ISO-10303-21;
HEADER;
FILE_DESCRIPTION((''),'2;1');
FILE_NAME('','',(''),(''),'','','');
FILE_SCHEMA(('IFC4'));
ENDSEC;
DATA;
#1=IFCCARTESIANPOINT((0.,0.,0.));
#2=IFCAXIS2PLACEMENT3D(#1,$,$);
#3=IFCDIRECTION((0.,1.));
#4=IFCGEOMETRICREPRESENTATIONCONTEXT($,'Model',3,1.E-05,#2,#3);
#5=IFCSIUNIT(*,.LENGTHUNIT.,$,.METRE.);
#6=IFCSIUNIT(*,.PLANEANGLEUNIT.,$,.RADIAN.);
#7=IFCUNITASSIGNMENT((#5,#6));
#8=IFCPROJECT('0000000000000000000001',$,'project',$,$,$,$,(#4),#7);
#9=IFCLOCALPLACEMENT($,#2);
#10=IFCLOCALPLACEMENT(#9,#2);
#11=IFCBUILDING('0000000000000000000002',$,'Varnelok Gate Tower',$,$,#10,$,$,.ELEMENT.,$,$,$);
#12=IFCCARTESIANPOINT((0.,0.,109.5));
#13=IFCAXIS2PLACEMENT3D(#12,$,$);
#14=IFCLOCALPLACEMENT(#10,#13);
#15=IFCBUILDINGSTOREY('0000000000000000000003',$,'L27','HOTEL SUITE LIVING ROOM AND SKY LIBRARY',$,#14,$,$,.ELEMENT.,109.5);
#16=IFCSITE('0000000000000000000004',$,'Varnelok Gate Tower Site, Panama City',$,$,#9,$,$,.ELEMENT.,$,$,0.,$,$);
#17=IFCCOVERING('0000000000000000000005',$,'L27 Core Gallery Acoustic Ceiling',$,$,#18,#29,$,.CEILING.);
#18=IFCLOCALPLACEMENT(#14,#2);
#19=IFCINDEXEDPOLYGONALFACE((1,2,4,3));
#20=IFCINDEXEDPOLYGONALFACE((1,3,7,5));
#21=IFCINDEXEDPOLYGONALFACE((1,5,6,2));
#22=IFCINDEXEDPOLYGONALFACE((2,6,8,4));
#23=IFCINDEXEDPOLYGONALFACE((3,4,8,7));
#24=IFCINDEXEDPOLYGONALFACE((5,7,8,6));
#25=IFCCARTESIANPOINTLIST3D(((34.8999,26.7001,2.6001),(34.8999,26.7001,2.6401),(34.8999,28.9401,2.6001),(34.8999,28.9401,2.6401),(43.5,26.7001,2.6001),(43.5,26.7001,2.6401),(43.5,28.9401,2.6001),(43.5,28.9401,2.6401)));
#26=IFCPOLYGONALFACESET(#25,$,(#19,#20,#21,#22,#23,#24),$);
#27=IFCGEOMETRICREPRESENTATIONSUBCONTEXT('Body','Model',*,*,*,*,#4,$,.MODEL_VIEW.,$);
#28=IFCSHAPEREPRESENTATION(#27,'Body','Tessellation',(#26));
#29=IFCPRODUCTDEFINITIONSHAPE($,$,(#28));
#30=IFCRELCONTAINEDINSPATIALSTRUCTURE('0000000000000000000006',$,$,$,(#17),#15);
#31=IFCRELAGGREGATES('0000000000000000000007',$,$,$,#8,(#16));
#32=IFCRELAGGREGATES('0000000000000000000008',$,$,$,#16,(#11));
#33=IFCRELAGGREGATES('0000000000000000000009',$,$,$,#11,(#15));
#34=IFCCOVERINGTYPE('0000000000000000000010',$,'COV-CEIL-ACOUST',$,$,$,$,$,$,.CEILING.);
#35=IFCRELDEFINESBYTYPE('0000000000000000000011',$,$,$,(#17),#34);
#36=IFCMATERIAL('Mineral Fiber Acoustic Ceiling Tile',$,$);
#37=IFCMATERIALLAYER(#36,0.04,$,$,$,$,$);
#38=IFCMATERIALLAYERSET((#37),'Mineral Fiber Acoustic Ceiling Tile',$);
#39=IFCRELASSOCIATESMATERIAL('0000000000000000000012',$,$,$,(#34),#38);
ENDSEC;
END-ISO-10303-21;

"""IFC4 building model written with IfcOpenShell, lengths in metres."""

from ifc_helpers import new_model, si_unit, direction, frame, origin, origin_2d, place, context, subcontext, project, spatial, rectangle, extrude, source, transform, mapped, material, layer, layer_set, type_object, element, save


model = new_model("IFC4")

# Units and contexts
model_context = context("Model", 3, precision=1e-05, world=origin(), true_north=direction((0.0, 1.0)))
body_context = subcontext(model_context, "Body", "Model", "MODEL_VIEW")
ifc_project = project(units=[si_unit("LENGTHUNIT", "METRE"), si_unit("PLANEANGLEUNIT", "RADIAN")], contexts=[model_context])

# Site, building, storey
site_placement = place(None, origin())
site = spatial("IfcSite", under=ifc_project, at=site_placement, Name="Varnelok Gate Tower Site, Panama City", CompositionType="ELEMENT", RefElevation=0.0)
building_placement = place(site_placement, origin())
building = spatial("IfcBuilding", under=site, at=building_placement, Name="Varnelok Gate Tower", CompositionType="ELEMENT")
storey_placement = place(building_placement, frame((0.0, 0.0, 109.5)))
storey = spatial("IfcBuildingStorey", under=building, at=storey_placement, Name="L27", Description="HOTEL SUITE LIVING ROOM AND SKY LIBRARY", CompositionType="ELEMENT", Elevation=109.5)

# Covering
ifc_material_1 = material(Name="Mineral Fiber Acoustic Ceiling Tile")
ifc_layer_1 = layer(ifc_material_1, 0.04)
ifc_layer_set_1 = layer_set([ifc_layer_1], Name="Mineral Fiber Acoustic Ceiling Tile")
covering_type_1 = type_object("IfcCoveringType", Name="COV-CEIL-ACOUST", PredefinedType="CEILING", material=ifc_layer_set_1)
shared_shape_1 = source(origin(), body_context, "Body", "SweptSolid", [
    extrude(rectangle(XDim=8.6001, YDim=2.24, at=origin_2d()), origin(), (0.0, 0.0, 1.0), 0.04),
])
covering_1_placement = place(storey_placement, frame((39.2, 27.8201, 2.6001), z_axis=(0.0, 0.0, 1.0), x_axis=(1.0, 0.0, 0.0)))
element("IfcCovering", 1, at=covering_1_placement, inside=storey, type_object=covering_type_1, Name="L27 Core Gallery Acoustic Ceiling", PredefinedType="CEILING", context=body_context, shape_type="MappedRepresentation", body=[
    mapped(shared_shape_1, transform((0.0, 0.0, 0.0), scale=1.0)),
])

save(model, "model.ifc")
